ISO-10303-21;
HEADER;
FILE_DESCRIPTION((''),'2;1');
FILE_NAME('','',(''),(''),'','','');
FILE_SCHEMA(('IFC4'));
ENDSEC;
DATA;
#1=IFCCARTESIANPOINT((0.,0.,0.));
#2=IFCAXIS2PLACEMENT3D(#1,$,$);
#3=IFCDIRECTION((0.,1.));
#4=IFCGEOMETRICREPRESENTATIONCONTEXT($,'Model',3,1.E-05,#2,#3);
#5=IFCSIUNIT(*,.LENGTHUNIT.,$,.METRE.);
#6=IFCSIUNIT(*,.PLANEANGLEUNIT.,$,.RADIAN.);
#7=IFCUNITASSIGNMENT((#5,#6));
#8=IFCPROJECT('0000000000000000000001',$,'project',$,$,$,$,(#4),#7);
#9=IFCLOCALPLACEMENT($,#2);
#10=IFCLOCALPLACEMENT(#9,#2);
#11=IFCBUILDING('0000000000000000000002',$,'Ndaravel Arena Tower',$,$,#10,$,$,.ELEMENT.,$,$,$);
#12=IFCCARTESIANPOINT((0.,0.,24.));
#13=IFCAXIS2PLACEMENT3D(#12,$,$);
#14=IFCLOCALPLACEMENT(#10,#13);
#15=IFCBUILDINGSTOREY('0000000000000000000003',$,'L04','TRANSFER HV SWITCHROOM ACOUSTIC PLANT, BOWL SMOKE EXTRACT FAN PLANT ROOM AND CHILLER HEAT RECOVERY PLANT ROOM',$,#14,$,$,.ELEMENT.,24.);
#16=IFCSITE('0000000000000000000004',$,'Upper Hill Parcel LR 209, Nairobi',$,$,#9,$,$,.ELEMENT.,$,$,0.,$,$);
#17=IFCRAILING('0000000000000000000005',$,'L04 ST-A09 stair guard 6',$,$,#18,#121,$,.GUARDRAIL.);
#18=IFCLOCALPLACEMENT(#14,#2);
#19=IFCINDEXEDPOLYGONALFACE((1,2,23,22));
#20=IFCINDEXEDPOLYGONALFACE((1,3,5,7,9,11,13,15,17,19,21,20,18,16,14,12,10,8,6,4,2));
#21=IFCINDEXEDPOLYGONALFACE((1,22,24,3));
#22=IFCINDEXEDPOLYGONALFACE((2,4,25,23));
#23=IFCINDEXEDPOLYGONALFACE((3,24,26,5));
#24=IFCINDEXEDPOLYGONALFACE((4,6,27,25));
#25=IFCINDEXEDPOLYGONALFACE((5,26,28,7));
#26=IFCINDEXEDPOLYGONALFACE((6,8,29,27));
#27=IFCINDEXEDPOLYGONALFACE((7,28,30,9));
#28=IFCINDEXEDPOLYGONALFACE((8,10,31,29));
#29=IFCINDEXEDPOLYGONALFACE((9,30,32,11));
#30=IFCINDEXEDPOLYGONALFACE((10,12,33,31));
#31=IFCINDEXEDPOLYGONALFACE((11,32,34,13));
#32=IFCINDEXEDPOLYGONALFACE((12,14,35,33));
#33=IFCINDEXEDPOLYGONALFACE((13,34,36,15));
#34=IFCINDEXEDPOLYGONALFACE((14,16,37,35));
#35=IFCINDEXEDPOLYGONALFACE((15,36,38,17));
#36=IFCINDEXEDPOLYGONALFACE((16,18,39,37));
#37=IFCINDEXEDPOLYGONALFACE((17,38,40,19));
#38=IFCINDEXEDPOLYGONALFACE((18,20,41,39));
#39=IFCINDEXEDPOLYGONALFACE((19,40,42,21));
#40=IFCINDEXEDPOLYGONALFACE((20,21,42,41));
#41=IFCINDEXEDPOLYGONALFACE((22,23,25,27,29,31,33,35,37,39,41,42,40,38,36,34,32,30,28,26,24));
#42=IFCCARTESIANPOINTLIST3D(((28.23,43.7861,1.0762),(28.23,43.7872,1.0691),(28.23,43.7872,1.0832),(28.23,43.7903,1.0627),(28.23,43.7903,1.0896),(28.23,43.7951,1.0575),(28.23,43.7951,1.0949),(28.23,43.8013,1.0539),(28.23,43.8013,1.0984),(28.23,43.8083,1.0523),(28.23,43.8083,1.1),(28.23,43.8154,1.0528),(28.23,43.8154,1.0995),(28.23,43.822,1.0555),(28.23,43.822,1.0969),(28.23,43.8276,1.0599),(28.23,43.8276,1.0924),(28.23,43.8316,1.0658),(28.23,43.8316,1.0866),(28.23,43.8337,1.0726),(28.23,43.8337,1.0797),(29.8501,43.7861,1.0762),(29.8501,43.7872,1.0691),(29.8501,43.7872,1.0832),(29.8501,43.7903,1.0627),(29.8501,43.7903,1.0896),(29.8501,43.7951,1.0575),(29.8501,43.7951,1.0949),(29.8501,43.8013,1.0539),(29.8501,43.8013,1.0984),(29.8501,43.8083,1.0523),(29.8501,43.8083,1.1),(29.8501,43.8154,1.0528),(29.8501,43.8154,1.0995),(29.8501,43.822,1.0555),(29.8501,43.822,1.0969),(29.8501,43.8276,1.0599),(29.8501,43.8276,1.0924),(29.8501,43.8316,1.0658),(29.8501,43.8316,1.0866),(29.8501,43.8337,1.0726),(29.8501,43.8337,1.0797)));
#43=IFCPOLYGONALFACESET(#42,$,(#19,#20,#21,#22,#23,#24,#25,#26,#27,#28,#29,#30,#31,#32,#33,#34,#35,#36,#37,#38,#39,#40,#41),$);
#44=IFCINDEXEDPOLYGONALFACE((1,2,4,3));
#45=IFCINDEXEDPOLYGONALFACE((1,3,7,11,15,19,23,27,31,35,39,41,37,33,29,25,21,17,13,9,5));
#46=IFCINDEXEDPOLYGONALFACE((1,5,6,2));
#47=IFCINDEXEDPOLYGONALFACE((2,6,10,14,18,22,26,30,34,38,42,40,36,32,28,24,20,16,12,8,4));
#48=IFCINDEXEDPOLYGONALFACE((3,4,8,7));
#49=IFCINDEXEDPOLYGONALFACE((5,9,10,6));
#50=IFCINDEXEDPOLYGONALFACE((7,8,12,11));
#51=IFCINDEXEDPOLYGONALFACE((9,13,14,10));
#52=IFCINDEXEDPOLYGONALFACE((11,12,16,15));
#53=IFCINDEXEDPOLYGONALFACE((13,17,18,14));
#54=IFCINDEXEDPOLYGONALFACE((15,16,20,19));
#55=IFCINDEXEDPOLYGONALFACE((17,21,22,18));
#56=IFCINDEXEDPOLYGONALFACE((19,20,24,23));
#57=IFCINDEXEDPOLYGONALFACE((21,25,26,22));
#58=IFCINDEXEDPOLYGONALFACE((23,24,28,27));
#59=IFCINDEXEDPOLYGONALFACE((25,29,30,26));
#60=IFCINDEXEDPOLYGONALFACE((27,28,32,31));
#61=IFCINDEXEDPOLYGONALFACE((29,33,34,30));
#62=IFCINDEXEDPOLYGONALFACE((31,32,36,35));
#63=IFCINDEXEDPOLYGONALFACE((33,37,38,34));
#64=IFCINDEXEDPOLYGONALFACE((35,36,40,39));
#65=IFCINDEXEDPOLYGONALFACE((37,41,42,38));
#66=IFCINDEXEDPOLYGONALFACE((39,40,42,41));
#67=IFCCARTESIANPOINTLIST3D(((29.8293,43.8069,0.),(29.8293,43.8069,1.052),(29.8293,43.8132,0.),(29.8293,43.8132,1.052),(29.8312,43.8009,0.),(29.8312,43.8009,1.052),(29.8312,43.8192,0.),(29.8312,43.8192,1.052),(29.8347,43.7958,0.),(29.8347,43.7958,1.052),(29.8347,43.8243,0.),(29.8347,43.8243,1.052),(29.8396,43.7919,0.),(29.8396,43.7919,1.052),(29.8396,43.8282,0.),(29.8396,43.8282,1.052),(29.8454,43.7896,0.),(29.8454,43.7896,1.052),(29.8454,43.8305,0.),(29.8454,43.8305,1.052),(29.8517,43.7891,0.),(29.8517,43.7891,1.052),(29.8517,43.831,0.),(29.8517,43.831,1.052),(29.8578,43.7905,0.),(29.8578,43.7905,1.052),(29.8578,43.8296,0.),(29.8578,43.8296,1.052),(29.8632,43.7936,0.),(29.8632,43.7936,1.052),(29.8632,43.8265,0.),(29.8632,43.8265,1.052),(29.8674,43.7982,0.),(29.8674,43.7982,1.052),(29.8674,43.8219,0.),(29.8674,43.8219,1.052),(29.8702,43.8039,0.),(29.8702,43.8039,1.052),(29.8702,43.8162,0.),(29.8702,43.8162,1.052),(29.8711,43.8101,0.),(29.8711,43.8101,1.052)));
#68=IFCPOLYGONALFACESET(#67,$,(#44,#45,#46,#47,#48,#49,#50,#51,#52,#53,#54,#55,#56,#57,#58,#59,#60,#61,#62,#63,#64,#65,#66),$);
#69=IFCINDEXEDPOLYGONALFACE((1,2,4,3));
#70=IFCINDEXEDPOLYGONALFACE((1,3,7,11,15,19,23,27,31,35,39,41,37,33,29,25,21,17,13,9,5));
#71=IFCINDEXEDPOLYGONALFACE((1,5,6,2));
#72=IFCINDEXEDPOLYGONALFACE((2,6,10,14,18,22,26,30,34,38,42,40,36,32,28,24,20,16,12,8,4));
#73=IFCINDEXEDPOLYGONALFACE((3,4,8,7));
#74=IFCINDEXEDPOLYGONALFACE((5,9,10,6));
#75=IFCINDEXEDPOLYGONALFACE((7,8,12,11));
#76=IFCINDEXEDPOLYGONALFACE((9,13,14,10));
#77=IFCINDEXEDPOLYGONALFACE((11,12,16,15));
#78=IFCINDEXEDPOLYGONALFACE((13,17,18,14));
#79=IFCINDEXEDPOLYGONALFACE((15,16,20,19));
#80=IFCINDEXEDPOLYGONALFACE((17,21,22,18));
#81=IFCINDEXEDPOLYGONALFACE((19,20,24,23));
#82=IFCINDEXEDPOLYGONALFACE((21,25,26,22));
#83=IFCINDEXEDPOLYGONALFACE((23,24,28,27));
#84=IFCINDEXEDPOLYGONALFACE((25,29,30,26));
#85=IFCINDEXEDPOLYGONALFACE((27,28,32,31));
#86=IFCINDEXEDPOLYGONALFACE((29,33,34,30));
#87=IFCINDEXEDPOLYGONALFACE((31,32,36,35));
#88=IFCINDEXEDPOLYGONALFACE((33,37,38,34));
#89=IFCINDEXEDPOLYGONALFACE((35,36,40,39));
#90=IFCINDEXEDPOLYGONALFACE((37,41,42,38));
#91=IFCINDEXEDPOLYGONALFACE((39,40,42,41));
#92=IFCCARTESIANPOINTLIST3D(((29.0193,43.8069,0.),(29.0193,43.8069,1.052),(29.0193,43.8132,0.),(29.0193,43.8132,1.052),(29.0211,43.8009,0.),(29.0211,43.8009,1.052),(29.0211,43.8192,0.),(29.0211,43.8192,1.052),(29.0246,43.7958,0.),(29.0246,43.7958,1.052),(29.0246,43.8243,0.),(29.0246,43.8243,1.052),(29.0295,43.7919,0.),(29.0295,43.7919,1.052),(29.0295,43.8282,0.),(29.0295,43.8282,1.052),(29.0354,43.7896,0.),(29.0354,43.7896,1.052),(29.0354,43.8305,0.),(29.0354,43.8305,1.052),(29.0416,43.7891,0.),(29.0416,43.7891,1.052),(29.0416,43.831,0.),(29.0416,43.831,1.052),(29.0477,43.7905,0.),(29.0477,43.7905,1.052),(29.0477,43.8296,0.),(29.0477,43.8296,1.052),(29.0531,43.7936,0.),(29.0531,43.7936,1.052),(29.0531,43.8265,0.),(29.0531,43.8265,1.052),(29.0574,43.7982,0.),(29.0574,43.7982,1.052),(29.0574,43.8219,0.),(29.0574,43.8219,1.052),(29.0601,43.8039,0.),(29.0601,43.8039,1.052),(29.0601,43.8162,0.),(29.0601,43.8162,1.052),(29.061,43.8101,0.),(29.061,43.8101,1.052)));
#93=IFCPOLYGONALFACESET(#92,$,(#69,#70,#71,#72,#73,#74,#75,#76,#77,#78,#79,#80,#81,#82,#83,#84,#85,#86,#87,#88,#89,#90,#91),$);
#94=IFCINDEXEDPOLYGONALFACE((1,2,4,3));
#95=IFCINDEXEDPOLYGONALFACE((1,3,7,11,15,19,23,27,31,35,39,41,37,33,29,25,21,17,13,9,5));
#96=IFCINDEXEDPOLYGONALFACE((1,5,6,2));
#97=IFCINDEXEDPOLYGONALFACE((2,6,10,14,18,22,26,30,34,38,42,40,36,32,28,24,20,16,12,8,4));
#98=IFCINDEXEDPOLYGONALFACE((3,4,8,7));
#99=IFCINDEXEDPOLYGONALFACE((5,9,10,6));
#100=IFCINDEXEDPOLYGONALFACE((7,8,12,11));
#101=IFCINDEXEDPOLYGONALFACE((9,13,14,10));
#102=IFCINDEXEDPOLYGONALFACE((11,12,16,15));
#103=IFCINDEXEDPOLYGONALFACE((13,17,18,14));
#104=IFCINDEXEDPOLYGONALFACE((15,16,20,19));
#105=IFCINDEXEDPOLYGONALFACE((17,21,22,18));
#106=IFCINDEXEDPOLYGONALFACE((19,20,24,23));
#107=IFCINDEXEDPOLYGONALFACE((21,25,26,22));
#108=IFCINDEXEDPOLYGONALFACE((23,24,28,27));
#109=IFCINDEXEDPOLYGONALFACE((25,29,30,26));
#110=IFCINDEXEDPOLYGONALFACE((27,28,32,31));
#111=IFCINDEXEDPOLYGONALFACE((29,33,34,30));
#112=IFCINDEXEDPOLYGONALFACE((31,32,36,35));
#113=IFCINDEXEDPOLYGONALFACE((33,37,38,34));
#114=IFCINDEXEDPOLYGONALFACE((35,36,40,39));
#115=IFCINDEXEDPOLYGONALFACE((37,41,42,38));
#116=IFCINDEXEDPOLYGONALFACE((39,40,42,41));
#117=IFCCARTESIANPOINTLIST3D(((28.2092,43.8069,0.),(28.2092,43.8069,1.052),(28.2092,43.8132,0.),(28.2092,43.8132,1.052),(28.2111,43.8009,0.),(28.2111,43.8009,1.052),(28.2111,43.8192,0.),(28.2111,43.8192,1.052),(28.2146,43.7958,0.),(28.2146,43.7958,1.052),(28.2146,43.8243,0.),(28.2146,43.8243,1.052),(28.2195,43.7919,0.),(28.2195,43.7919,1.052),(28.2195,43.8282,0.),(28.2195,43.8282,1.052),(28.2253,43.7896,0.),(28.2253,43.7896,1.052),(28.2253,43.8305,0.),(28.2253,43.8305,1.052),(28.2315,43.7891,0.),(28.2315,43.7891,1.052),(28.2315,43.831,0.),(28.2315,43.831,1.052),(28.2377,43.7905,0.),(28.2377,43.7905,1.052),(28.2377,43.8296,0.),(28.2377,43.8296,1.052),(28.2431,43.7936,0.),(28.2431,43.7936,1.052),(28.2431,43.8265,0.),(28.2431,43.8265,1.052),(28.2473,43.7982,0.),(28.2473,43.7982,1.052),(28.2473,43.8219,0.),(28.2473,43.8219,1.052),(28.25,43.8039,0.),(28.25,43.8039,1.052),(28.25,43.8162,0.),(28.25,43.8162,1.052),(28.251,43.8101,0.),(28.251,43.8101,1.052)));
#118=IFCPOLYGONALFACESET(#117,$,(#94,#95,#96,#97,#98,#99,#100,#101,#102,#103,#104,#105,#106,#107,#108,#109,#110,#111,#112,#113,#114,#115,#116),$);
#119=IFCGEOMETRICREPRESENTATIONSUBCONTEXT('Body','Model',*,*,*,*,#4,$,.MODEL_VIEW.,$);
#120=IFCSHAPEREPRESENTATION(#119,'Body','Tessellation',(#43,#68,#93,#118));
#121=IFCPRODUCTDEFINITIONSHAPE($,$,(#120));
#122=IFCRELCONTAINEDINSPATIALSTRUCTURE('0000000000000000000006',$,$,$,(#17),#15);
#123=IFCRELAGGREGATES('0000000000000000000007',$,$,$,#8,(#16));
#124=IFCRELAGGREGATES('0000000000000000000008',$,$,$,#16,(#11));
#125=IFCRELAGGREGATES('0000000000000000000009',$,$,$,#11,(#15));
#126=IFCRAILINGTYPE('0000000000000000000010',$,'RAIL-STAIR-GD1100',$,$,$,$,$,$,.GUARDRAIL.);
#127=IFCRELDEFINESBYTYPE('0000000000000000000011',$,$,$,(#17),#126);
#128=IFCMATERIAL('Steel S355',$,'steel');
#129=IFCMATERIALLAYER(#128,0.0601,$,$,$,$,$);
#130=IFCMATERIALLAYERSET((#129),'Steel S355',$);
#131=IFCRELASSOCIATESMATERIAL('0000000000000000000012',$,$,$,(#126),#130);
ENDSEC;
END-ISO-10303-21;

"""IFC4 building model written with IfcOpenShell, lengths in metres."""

from ifc_helpers import new_model, si_unit, direction, frame, origin, origin_2d, place, context, subcontext, project, spatial, circle, extrude, material, layer, layer_set, type_object, element, save


model = new_model("IFC4")

# Units and contexts
model_context = context("Model", 3, precision=1e-05, world=origin(), true_north=direction((0.0, 1.0)))
body_context = subcontext(model_context, "Body", "Model", "MODEL_VIEW")
ifc_project = project(units=[si_unit("LENGTHUNIT", "METRE"), si_unit("PLANEANGLEUNIT", "RADIAN")], contexts=[model_context])

# Site, building, storey
site_placement = place(None, origin())
site = spatial("IfcSite", under=ifc_project, at=site_placement, Name="Upper Hill Parcel LR 209, Nairobi", CompositionType="ELEMENT", RefElevation=0.0)
building_placement = place(site_placement, origin())
building = spatial("IfcBuilding", under=site, at=building_placement, Name="Ndaravel Arena Tower", CompositionType="ELEMENT")
storey_placement = place(building_placement, frame((0.0, 0.0, 24.0)))
storey = spatial("IfcBuildingStorey", under=building, at=storey_placement, Name="L04", Description="TRANSFER HV SWITCHROOM ACOUSTIC PLANT, BOWL SMOKE EXTRACT FAN PLANT ROOM AND CHILLER HEAT RECOVERY PLANT ROOM", CompositionType="ELEMENT", Elevation=24.0)

# Railing
ifc_material_1 = material(Name="Steel S355", Category="steel")
ifc_layer_1 = layer(ifc_material_1, 0.0601)
ifc_layer_set_1 = layer_set([ifc_layer_1], Name="Steel S355")
railing_type_1 = type_object("IfcRailingType", Name="RAIL-STAIR-GD1100", PredefinedType="GUARDRAIL", material=ifc_layer_set_1)
for number, where, name in (
    (1, (29.8501, 43.8101, 0.0), "L04 ST-A09 stair guard 6"),
):
    element("IfcRailing", number, at=place(storey_placement, frame(where)), inside=storey, type_object=railing_type_1, Name=name, PredefinedType="GUARDRAIL", context=body_context, shape_type="SweptSolid", body=[
        extrude(circle(Radius=0.0239, at=origin_2d()), frame((0.0, 0.0, 1.0762), z_axis=(-1.0, 0.0, 0.0), x_axis=(0.0, -1.0, 0.0)), (0.0, 0.0, 1.0), 1.6201),
        extrude(circle(Radius=0.021, at=origin_2d()), origin(), (0.0, 0.0, 1.0), 1.052),
        extrude(circle(Radius=0.021, at=origin_2d()), frame((-0.8101, 0.0, 0.0)), (0.0, 0.0, 1.0), 1.052),
        extrude(circle(Radius=0.021, at=origin_2d()), frame((-1.6201, 0.0, 0.0)), (0.0, 0.0, 1.0), 1.052),
    ])

save(model, "model.ifc")
